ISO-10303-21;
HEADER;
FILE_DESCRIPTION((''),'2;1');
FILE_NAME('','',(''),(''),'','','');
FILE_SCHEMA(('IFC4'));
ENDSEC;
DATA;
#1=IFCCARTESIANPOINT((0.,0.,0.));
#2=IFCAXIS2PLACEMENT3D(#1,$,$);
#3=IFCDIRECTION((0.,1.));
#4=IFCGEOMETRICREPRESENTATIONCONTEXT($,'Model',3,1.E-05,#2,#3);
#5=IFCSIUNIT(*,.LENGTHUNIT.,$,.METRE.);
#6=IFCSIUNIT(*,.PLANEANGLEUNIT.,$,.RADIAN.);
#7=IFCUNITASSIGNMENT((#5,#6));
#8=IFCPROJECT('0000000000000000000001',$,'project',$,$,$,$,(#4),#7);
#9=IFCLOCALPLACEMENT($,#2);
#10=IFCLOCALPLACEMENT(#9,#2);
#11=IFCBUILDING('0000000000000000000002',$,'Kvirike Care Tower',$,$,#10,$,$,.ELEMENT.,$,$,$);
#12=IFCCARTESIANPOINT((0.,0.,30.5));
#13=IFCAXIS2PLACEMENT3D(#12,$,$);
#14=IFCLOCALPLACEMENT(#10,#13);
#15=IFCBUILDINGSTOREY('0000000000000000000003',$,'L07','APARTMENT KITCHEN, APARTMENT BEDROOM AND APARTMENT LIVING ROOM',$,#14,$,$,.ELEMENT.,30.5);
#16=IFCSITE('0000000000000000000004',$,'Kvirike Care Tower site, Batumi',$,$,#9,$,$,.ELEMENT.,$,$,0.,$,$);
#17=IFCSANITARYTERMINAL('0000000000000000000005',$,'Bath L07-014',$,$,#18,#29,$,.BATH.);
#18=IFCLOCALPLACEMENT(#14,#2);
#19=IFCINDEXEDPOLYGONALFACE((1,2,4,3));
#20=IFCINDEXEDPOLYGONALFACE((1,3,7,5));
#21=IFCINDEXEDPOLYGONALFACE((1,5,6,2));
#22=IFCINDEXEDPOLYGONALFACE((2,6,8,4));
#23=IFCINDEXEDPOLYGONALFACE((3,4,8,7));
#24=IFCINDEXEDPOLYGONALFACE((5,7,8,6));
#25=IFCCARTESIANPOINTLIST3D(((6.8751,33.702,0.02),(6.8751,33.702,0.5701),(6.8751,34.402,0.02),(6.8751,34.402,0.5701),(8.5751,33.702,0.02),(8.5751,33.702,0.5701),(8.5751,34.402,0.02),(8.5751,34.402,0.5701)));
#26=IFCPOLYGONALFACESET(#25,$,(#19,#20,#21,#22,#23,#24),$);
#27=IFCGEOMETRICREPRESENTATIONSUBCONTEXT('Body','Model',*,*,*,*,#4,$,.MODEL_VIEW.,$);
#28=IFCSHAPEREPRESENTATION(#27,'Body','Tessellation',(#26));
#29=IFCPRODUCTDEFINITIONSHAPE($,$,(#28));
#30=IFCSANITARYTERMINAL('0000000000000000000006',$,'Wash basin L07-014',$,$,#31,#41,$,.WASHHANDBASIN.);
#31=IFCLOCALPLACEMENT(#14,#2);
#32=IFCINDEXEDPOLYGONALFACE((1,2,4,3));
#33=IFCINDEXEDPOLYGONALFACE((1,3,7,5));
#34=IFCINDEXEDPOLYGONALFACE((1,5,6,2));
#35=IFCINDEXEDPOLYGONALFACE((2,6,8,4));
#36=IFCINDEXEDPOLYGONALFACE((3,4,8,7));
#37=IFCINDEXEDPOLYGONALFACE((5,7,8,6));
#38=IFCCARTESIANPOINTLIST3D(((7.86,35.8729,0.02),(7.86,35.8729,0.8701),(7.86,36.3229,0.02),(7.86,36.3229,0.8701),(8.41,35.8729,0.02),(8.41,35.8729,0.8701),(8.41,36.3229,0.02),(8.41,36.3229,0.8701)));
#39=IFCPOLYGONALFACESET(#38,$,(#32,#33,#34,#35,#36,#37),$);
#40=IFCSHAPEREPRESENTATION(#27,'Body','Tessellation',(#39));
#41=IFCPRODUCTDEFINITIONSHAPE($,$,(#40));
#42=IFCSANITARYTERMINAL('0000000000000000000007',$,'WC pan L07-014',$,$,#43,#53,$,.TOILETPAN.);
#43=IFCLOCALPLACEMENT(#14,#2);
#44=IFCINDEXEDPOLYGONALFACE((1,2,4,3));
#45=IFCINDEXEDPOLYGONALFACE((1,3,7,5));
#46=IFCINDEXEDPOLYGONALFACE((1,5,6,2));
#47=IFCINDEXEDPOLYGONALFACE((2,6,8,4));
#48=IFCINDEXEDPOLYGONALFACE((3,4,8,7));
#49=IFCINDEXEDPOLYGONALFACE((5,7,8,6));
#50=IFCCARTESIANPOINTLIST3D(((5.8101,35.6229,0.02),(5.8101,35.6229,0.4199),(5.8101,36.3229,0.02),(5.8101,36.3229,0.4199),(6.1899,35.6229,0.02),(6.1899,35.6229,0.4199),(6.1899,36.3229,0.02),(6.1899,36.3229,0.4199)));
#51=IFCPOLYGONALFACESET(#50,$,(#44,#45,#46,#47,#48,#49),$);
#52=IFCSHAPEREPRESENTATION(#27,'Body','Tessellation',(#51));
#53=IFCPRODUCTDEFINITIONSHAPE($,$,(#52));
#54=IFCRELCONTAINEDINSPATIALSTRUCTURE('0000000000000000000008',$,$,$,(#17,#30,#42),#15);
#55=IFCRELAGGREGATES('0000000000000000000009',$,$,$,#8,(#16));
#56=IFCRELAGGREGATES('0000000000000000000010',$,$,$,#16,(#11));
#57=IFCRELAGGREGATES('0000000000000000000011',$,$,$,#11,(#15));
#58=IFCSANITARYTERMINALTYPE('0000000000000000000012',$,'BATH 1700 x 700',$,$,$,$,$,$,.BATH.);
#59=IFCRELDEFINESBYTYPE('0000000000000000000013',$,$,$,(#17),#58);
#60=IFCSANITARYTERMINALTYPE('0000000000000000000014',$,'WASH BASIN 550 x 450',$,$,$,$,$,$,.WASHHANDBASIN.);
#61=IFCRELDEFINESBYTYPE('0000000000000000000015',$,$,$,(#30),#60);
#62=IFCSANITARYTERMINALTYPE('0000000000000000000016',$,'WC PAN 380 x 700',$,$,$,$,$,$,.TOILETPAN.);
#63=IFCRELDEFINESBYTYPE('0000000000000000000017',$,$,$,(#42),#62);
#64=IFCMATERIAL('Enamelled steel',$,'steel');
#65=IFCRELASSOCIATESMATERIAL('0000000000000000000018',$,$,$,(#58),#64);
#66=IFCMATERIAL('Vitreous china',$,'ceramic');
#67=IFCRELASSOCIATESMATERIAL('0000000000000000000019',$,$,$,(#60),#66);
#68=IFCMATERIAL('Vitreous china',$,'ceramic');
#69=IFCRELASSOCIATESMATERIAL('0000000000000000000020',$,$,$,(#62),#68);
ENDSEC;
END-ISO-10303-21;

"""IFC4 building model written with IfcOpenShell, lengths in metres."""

from ifc_helpers import new_model, si_unit, direction, frame, origin, origin_2d, place, context, subcontext, project, spatial, rectangle, extrude, material, type_object, element, save


model = new_model("IFC4")

# Units and contexts
model_context = context("Model", 3, precision=1e-05, world=origin(), true_north=direction((0.0, 1.0)))
body_context = subcontext(model_context, "Body", "Model", "MODEL_VIEW")
ifc_project = project(units=[si_unit("LENGTHUNIT", "METRE"), si_unit("PLANEANGLEUNIT", "RADIAN")], contexts=[model_context])

# Site, building, storey
site_placement = place(None, origin())
site = spatial("IfcSite", under=ifc_project, at=site_placement, Name="Kvirike Care Tower site, Batumi", CompositionType="ELEMENT", RefElevation=0.0)
building_placement = place(site_placement, origin())
building = spatial("IfcBuilding", under=site, at=building_placement, Name="Kvirike Care Tower", CompositionType="ELEMENT")
storey_placement = place(building_placement, frame((0.0, 0.0, 30.5)))
storey = spatial("IfcBuildingStorey", under=building, at=storey_placement, Name="L07", Description="APARTMENT KITCHEN, APARTMENT BEDROOM AND APARTMENT LIVING ROOM", CompositionType="ELEMENT", Elevation=30.5)

# Sanitary terminals
ifc_material_1 = material(Name="Enamelled steel", Category="steel")
sanitary_terminal_type_1 = type_object("IfcSanitaryTerminalType", Name="BATH 1700 x 700", PredefinedType="BATH", material=ifc_material_1)
sanitary_terminal_1_placement = place(storey_placement, frame((7.7251, 34.052, 0.02), z_axis=(0.0, 0.0, 1.0), x_axis=(-1.0, 0.0, 0.0)))
element("IfcSanitaryTerminal", 1, at=sanitary_terminal_1_placement, inside=storey, type_object=sanitary_terminal_type_1, Name="Bath L07-014", PredefinedType="BATH", context=body_context, shape_type="SweptSolid", body=[
    extrude(rectangle(XDim=1.7, YDim=0.7, at=origin_2d()), origin(), (0.0, 0.0, 1.0), 0.55),
])
ifc_material_2 = material(Name="Vitreous china", Category="ceramic")
sanitary_terminal_type_2 = type_object("IfcSanitaryTerminalType", Name="WASH BASIN 550 x 450", PredefinedType="WASHHANDBASIN", material=ifc_material_2)
sanitary_terminal_2_placement = place(storey_placement, frame((8.135, 36.0979, 0.02), z_axis=(0.0, 0.0, 1.0), x_axis=(1.0, 0.0, 0.0)))
element("IfcSanitaryTerminal", 2, at=sanitary_terminal_2_placement, inside=storey, type_object=sanitary_terminal_type_2, Name="Wash basin L07-014", PredefinedType="WASHHANDBASIN", context=body_context, shape_type="SweptSolid", body=[
    extrude(rectangle(XDim=0.55, YDim=0.45, at=origin_2d()), origin(), (0.0, 0.0, 1.0), 0.8501),
])
ifc_material_3 = material(Name="Vitreous china", Category="ceramic")
sanitary_terminal_type_3 = type_object("IfcSanitaryTerminalType", Name="WC PAN 380 x 700", PredefinedType="TOILETPAN", material=ifc_material_3)
sanitary_terminal_3_placement = place(storey_placement, frame((6.0, 35.9729, 0.02), z_axis=(0.0, 0.0, 1.0), x_axis=(1.0, 0.0, 0.0)))
element("IfcSanitaryTerminal", 3, at=sanitary_terminal_3_placement, inside=storey, type_object=sanitary_terminal_type_3, Name="WC pan L07-014", PredefinedType="TOILETPAN", context=body_context, shape_type="SweptSolid", body=[
    extrude(rectangle(XDim=0.3799, YDim=0.7, at=origin_2d()), origin(), (0.0, 0.0, 1.0), 0.3999),
])

save(model, "model.ifc")
